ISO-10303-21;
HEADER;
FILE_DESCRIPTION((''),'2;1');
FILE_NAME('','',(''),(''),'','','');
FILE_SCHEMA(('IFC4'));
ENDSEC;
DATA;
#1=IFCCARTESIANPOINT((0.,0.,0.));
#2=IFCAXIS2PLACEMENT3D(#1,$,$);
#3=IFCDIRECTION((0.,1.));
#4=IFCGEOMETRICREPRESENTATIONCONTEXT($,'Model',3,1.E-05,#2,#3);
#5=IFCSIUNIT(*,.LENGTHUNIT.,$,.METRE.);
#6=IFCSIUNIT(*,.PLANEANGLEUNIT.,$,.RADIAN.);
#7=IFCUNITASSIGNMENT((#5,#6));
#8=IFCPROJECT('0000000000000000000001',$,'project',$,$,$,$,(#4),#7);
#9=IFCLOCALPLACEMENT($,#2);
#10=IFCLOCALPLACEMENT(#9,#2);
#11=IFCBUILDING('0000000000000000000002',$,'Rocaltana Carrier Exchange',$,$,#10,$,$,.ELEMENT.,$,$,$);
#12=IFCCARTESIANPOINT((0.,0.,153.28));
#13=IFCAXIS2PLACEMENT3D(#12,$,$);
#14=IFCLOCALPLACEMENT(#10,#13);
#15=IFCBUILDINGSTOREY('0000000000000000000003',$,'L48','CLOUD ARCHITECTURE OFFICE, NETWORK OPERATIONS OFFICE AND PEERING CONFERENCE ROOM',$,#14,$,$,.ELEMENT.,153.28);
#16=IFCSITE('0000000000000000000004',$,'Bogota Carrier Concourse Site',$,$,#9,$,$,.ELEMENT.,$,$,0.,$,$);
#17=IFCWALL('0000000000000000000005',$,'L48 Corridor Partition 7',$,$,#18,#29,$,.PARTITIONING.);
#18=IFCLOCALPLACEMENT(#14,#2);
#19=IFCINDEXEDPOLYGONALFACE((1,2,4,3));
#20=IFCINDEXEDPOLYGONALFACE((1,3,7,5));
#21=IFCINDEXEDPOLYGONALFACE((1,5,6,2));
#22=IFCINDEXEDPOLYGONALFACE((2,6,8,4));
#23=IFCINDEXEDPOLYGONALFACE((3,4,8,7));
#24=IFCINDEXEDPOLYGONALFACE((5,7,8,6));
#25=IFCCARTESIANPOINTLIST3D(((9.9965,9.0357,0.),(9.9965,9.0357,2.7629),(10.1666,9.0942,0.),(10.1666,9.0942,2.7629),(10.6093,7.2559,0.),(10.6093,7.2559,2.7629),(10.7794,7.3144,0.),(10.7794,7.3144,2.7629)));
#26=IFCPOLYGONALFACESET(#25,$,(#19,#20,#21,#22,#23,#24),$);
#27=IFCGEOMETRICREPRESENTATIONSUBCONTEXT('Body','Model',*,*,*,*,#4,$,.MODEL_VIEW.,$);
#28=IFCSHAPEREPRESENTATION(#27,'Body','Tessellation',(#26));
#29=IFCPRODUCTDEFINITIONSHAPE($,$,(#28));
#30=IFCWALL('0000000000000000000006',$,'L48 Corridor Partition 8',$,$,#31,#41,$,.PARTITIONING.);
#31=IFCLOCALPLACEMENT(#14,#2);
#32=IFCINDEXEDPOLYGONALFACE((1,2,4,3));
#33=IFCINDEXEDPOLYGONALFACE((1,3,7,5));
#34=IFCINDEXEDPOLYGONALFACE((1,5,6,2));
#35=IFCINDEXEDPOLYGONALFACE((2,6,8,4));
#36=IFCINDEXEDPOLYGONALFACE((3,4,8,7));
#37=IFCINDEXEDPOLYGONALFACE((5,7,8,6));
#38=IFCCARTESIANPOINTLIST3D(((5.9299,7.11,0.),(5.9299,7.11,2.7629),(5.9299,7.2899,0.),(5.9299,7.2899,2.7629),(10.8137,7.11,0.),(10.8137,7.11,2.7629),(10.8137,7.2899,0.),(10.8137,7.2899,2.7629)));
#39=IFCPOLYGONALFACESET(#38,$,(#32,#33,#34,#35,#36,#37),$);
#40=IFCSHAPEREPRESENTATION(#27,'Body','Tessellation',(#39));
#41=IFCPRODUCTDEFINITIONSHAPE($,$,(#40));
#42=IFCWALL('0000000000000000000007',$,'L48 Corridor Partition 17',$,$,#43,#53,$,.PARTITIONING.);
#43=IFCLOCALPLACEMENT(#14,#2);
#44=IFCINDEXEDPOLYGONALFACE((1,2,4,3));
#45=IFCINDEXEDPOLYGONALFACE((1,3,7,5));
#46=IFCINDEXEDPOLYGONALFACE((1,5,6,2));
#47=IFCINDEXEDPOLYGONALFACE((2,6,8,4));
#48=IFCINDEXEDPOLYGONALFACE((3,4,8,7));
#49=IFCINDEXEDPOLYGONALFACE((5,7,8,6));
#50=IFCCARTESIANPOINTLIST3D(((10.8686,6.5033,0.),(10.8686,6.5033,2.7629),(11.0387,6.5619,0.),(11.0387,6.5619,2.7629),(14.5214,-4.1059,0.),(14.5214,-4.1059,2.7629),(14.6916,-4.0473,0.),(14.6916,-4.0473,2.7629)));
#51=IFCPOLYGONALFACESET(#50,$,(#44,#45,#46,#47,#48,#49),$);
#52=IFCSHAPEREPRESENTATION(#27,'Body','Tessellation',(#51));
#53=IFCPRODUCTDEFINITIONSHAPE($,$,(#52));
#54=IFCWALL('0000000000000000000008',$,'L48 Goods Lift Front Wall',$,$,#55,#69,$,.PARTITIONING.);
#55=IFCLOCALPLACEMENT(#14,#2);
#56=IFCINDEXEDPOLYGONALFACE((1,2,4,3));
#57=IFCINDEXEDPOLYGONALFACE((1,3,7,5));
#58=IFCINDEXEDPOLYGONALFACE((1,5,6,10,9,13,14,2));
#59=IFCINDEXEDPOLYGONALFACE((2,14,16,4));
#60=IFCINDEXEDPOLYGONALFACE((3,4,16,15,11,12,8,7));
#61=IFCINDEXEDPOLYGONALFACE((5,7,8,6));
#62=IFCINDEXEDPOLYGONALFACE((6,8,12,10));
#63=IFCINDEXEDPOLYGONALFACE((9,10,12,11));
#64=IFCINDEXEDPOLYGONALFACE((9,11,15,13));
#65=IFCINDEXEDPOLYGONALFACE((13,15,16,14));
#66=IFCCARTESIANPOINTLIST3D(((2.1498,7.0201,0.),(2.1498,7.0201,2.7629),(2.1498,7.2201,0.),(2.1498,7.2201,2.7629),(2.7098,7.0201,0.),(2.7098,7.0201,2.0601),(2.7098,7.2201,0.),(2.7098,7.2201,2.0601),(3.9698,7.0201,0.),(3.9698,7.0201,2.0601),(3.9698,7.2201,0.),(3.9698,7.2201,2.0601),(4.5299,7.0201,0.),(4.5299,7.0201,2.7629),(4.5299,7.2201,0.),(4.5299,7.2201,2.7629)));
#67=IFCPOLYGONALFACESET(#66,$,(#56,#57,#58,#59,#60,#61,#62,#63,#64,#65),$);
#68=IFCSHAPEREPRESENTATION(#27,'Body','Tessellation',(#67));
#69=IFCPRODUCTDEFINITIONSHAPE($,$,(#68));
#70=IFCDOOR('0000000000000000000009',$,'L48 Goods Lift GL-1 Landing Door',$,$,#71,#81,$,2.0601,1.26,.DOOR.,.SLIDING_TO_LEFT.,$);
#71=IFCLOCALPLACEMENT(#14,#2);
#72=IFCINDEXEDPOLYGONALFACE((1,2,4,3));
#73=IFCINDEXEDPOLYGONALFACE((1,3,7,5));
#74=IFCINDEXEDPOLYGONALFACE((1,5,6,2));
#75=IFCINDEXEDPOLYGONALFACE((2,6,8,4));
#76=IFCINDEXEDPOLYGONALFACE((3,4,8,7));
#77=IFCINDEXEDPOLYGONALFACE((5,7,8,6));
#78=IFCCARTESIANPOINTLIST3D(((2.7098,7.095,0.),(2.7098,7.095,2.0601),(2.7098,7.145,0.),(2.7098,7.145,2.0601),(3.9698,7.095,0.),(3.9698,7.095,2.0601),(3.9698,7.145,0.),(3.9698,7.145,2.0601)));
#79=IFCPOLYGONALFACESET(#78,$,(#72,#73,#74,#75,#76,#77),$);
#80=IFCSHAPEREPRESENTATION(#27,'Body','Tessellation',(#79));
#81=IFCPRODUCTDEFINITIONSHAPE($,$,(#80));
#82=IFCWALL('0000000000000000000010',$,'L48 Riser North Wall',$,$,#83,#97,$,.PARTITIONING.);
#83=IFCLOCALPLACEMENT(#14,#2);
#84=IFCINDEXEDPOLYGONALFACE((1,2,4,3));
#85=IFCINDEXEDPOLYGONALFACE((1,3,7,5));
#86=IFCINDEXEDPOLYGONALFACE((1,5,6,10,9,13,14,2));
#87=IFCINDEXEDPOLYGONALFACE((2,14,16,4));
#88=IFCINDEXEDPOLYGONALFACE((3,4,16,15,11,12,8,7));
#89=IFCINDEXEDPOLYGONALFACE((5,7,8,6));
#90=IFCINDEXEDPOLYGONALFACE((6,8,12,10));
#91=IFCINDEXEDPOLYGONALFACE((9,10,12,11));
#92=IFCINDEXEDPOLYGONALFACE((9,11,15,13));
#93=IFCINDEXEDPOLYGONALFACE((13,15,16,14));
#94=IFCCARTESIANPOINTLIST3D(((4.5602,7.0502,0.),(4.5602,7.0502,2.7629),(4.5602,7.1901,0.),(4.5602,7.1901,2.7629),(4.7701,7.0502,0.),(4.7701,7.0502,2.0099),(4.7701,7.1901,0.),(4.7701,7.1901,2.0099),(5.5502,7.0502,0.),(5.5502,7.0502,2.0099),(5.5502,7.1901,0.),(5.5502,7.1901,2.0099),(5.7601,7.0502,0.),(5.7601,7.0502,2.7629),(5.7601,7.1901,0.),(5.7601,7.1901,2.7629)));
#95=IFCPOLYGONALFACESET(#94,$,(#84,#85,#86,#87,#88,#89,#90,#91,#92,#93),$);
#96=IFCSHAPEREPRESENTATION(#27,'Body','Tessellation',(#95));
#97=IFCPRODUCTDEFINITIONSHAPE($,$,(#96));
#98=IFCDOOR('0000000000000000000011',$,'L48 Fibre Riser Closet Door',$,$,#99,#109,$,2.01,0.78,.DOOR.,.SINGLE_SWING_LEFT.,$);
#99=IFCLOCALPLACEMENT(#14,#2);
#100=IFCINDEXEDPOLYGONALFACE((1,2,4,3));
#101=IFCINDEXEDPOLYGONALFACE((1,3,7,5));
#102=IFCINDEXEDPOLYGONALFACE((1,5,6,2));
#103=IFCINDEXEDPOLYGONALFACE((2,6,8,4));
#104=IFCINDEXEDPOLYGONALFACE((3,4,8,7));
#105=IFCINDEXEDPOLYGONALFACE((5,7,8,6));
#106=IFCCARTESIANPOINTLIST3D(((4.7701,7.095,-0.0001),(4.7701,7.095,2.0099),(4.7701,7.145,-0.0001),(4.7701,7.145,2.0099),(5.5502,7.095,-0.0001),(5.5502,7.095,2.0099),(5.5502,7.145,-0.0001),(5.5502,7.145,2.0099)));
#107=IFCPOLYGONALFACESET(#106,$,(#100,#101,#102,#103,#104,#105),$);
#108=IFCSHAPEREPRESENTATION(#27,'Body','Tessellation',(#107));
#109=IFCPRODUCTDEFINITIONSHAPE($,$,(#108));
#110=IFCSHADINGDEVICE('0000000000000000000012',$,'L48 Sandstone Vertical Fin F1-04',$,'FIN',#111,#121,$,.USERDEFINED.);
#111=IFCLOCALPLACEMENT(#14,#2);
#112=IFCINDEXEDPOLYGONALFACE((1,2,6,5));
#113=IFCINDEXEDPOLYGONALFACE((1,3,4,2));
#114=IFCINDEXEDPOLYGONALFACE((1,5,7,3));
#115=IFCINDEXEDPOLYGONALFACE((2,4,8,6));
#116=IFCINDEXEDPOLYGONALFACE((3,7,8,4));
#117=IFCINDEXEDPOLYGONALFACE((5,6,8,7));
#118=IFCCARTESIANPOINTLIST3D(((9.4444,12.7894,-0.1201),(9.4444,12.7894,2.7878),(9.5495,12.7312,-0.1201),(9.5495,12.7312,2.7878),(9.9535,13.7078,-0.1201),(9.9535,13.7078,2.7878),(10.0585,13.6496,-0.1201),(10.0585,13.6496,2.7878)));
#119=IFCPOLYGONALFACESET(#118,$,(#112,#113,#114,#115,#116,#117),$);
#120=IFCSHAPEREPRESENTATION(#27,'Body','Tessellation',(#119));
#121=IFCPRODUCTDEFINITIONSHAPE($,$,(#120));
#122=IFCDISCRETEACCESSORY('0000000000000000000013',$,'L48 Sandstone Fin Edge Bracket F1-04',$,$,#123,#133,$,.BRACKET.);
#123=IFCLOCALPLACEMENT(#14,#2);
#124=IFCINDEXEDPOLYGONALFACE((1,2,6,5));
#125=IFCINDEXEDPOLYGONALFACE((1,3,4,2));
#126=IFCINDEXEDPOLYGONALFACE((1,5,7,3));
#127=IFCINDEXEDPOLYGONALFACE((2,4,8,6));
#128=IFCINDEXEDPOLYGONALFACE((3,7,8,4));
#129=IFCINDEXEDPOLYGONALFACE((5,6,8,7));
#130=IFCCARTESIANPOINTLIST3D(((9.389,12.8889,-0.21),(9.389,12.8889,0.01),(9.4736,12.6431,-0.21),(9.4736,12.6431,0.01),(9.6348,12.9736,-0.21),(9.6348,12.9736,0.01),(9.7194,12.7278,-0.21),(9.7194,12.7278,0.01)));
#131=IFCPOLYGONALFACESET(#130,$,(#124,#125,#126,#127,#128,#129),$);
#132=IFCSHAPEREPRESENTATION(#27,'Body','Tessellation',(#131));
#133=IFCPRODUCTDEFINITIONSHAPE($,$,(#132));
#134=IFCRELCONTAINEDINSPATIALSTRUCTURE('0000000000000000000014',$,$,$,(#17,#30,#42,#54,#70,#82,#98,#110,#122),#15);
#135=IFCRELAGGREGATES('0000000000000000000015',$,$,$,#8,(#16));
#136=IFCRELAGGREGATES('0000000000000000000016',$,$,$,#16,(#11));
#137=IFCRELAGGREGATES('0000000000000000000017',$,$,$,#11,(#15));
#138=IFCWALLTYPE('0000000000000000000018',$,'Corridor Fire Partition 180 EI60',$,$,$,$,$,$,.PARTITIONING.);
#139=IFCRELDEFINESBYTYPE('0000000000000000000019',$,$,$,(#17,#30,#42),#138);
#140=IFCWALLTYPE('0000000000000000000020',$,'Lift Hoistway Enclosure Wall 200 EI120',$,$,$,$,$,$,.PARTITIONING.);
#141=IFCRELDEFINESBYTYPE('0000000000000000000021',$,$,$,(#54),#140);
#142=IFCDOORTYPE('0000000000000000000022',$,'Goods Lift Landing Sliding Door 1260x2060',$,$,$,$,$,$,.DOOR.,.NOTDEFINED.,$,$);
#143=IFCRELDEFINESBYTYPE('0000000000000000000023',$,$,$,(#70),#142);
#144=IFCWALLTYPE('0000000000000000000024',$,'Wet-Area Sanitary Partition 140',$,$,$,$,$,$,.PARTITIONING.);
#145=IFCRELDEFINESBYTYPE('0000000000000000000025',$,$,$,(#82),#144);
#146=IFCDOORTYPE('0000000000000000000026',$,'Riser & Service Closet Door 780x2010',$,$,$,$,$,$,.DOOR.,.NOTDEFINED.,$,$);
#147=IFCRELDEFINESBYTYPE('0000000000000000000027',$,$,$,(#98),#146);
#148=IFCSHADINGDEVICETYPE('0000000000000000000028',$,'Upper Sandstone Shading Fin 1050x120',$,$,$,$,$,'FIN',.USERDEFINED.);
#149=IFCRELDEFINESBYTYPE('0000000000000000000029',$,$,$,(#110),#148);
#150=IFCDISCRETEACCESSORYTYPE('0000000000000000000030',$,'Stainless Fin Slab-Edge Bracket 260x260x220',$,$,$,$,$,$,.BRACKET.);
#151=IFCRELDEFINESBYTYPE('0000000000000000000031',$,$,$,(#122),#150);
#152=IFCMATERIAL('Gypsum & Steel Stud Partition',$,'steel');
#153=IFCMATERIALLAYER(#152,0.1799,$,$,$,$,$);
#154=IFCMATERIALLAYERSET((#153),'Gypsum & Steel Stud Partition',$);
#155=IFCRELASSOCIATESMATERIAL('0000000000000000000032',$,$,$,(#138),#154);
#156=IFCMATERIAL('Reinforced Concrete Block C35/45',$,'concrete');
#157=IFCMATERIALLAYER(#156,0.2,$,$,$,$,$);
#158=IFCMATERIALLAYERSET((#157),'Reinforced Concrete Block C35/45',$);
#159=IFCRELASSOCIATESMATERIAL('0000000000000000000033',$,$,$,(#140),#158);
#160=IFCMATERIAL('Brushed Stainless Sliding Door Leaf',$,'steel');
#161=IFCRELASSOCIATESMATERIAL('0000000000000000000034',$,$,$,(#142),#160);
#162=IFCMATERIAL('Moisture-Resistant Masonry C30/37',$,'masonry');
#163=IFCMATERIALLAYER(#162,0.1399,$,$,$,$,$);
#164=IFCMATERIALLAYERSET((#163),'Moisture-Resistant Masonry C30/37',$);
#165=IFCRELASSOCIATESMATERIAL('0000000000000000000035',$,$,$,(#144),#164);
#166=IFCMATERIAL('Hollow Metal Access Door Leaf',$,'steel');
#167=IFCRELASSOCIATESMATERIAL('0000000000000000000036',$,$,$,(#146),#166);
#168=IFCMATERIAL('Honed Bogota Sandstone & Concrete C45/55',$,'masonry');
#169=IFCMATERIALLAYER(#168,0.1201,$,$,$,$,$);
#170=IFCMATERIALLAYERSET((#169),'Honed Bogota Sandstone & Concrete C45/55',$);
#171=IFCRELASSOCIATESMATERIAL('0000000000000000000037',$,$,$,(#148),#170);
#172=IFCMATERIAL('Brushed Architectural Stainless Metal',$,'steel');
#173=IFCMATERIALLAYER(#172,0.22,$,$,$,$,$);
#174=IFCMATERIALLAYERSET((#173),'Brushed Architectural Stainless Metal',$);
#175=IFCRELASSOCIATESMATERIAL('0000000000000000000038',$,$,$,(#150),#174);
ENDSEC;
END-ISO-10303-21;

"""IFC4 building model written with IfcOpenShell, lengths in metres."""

from ifc_helpers import new_model, si_unit, direction, frame, frame_2d, origin, origin_2d, place, context, subcontext, project, spatial, rectangle, extrude, material, layer, layer_set, type_object, element, fill, save


model = new_model("IFC4")

# Units and contexts
model_context = context("Model", 3, precision=1e-05, world=origin(), true_north=direction((0.0, 1.0)))
body_context = subcontext(model_context, "Body", "Model", "MODEL_VIEW")
ifc_project = project(units=[si_unit("LENGTHUNIT", "METRE"), si_unit("PLANEANGLEUNIT", "RADIAN")], contexts=[model_context])

# Site, building, storey
site_placement = place(None, origin())
site = spatial("IfcSite", under=ifc_project, at=site_placement, Name="Bogota Carrier Concourse Site", CompositionType="ELEMENT", RefElevation=0.0)
building_placement = place(site_placement, origin())
building = spatial("IfcBuilding", under=site, at=building_placement, Name="Rocaltana Carrier Exchange", CompositionType="ELEMENT")
storey_placement = place(building_placement, frame((0.0, 0.0, 153.28)))
storey = spatial("IfcBuildingStorey", under=building, at=storey_placement, Name="L48", Description="CLOUD ARCHITECTURE OFFICE, NETWORK OPERATIONS OFFICE AND PEERING CONFERENCE ROOM", CompositionType="ELEMENT", Elevation=153.28)

# Walls
ifc_material_1 = material(Name="Gypsum & Steel Stud Partition", Category="steel")
ifc_layer_1 = layer(ifc_material_1, 0.1799)
ifc_layer_set_1 = layer_set([ifc_layer_1], Name="Gypsum & Steel Stud Partition")
wall_type_1 = type_object("IfcWallType", Name="Corridor Fire Partition 180 EI60", PredefinedType="PARTITIONING", material=ifc_layer_set_1)
wall_1_placement = place(storey_placement, frame((10.0815, 9.0649, 0.0), z_axis=(0.0, 0.0, 1.0), x_axis=(0.325551, -0.945524, 0.0)))
element("IfcWall", 1, at=wall_1_placement, inside=storey, type_object=wall_type_1, Name="L48 Corridor Partition 7", PredefinedType="PARTITIONING", context=body_context, shape_type="SweptSolid", body=[
    extrude(rectangle(XDim=1.8823, YDim=0.1799, at=frame_2d((0.9412, 0.0))), origin(), (0.0, 0.0, 1.0), 2.7629),
])
wall_2_placement = place(storey_placement, frame((10.8137, 7.2, 0.0), z_axis=(0.0, 0.0, 1.0), x_axis=(-1.0, 0.0, 0.0)))
element("IfcWall", 2, at=wall_2_placement, inside=storey, type_object=wall_type_1, Name="L48 Corridor Partition 8", PredefinedType="PARTITIONING", context=body_context, shape_type="SweptSolid", body=[
    extrude(rectangle(XDim=4.8838, YDim=0.1799, at=frame_2d((2.4419, 0.0))), origin(), (0.0, 0.0, 1.0), 2.7629),
])
wall_3_placement = place(storey_placement, frame((10.9536, 6.5327, 0.0), z_axis=(0.0, 0.0, 1.0), x_axis=(0.325553, -0.945524, 0.0)))
element("IfcWall", 3, at=wall_3_placement, inside=storey, type_object=wall_type_1, Name="L48 Corridor Partition 17", PredefinedType="PARTITIONING", context=body_context, shape_type="SweptSolid", body=[
    extrude(rectangle(XDim=11.2205, YDim=0.1799, at=frame_2d((5.6104, 0.0))), origin(), (0.0, 0.0, 1.0), 2.7629),
])

# Walls, openings, doors
ifc_material_2 = material(Name="Reinforced Concrete Block C35/45", Category="concrete")
ifc_layer_2 = layer(ifc_material_2, 0.2)
ifc_layer_set_2 = layer_set([ifc_layer_2], Name="Reinforced Concrete Block C35/45")
wall_type_2 = type_object("IfcWallType", Name="Lift Hoistway Enclosure Wall 200 EI120", PredefinedType="PARTITIONING", material=ifc_layer_set_2)
wall_4_placement = place(storey_placement, frame((2.1499, 7.1201, 0.0), z_axis=(0.0, 0.0, 1.0), x_axis=(1.0, 0.0, 0.0)))
wall_4 = element("IfcWall", 4, at=wall_4_placement, inside=storey, type_object=wall_type_2, Name="L48 Goods Lift Front Wall", PredefinedType="PARTITIONING", context=body_context, shape_type="SweptSolid", body=[
    extrude(rectangle(XDim=2.3801, YDim=0.2, at=frame_2d((1.1899, 0.0))), origin(), (0.0, 0.0, 1.0), 2.7629),
])
opening_1_placement = place(wall_4_placement, frame((0.5601, 0.0, 0.0)))
opening_1 = element("IfcOpeningElement", 5, at=opening_1_placement, cuts=wall_4, PredefinedType="OPENING", context=body_context, shape_type="SweptSolid", body=[
    extrude(rectangle(XDim=1.26, YDim=2.0601, at=frame_2d((0.6299, 1.03))), frame((0.0, 0.1099, 0.0), z_axis=(0.0, -1.0, 0.0), x_axis=(1.0, 0.0, 0.0)), (0.0, 0.0, 1.0), 0.22),
])
ifc_material_3 = material(Name="Brushed Stainless Sliding Door Leaf", Category="steel")
door_type_1 = type_object("IfcDoorType", Name="Goods Lift Landing Sliding Door 1260x2060", OperationType="NOTDEFINED", PredefinedType="DOOR", material=ifc_material_3)
door_1_placement = place(opening_1_placement, origin())
door_1 = element("IfcDoor", 6, at=door_1_placement, inside=storey, type_object=door_type_1, Name="L48 Goods Lift GL-1 Landing Door", OperationType="SLIDING_TO_LEFT", OverallHeight=2.0601, OverallWidth=1.26, PredefinedType="DOOR", context=body_context, shape_type="SweptSolid", body=[
    extrude(rectangle(XDim=1.26, YDim=2.0601, at=frame_2d((0.6299, 1.03))), frame((0.0, 0.0249, 0.0), z_axis=(0.0, -1.0, 0.0), x_axis=(1.0, 0.0, 0.0)), (0.0, 0.0, 1.0), 0.05),
])
fill(opening_1, door_1)
ifc_material_4 = material(Name="Moisture-Resistant Masonry C30/37", Category="masonry")
ifc_layer_3 = layer(ifc_material_4, 0.1399)
ifc_layer_set_3 = layer_set([ifc_layer_3], Name="Moisture-Resistant Masonry C30/37")
wall_type_3 = type_object("IfcWallType", Name="Wet-Area Sanitary Partition 140", PredefinedType="PARTITIONING", material=ifc_layer_set_3)
wall_5_placement = place(storey_placement, frame((4.5601, 7.1201, 0.0), z_axis=(0.0, 0.0, 1.0), x_axis=(1.0, 0.0, 0.0)))
wall_5 = element("IfcWall", 7, at=wall_5_placement, inside=storey, type_object=wall_type_3, Name="L48 Riser North Wall", PredefinedType="PARTITIONING", context=body_context, shape_type="SweptSolid", body=[
    extrude(rectangle(XDim=1.2, YDim=0.1399, at=frame_2d((0.6001, 0.0))), origin(), (0.0, 0.0, 1.0), 2.7629),
])
opening_2_placement = place(wall_5_placement, frame((0.21, 0.0, 0.0)))
opening_2 = element("IfcOpeningElement", 8, at=opening_2_placement, cuts=wall_5, PredefinedType="OPENING", context=body_context, shape_type="SweptSolid", body=[
    extrude(rectangle(XDim=0.78, YDim=2.01, at=frame_2d((0.3901, 1.0049))), frame((0.0, 0.0798, 0.0), z_axis=(0.0, -1.0, 0.0), x_axis=(1.0, 0.0, 0.0)), (0.0, 0.0, 1.0), 0.1599),
])
ifc_material_5 = material(Name="Hollow Metal Access Door Leaf", Category="steel")
door_type_2 = type_object("IfcDoorType", Name="Riser & Service Closet Door 780x2010", OperationType="NOTDEFINED", PredefinedType="DOOR", material=ifc_material_5)
door_2_placement = place(opening_2_placement, origin())
door_2 = element("IfcDoor", 9, at=door_2_placement, inside=storey, type_object=door_type_2, Name="L48 Fibre Riser Closet Door", OperationType="SINGLE_SWING_LEFT", OverallHeight=2.01, OverallWidth=0.78, PredefinedType="DOOR", context=body_context, shape_type="SweptSolid", body=[
    extrude(rectangle(XDim=0.78, YDim=2.01, at=frame_2d((0.3901, 1.0049))), frame((0.0, 0.0249, 0.0), z_axis=(0.0, -1.0, 0.0), x_axis=(1.0, 0.0, 0.0)), (0.0, 0.0, 1.0), 0.05),
])
fill(opening_2, door_2)

# Shading device
ifc_material_6 = material(Name="Honed Bogota Sandstone & Concrete C45/55", Category="masonry")
ifc_layer_4 = layer(ifc_material_6, 0.1201)
ifc_layer_set_4 = layer_set([ifc_layer_4], Name="Honed Bogota Sandstone & Concrete C45/55")
shading_device_type = type_object("IfcShadingDeviceType", Name="Upper Sandstone Shading Fin 1050x120", ElementType="FIN", PredefinedType="USERDEFINED", material=ifc_layer_set_4)
shading_device_placement = place(storey_placement, frame((9.7515, 13.2195, -0.1201), z_axis=(0.0, 0.0, 1.0), x_axis=(0.48481, 0.87462, 0.0)))
element("IfcShadingDevice", 10, at=shading_device_placement, inside=storey, type_object=shading_device_type, Name="L48 Sandstone Vertical Fin F1-04", ObjectType="FIN", PredefinedType="USERDEFINED", context=body_context, shape_type="SweptSolid", body=[
    extrude(rectangle(XDim=1.05, YDim=0.1201, at=origin_2d()), origin(), (0.0, 0.0, 1.0), 2.908),
])

# Discrete accessory
ifc_material_7 = material(Name="Brushed Architectural Stainless Metal", Category="steel")
ifc_layer_5 = layer(ifc_material_7, 0.22)
ifc_layer_set_5 = layer_set([ifc_layer_5], Name="Brushed Architectural Stainless Metal")
discrete_accessory_type = type_object("IfcDiscreteAccessoryType", Name="Stainless Fin Slab-Edge Bracket 260x260x220", PredefinedType="BRACKET", material=ifc_layer_set_5)
discrete_accessory_placement = place(storey_placement, frame((9.5542, 12.8083, -0.21), z_axis=(0.0, 0.0, 1.0), x_axis=(-0.325568, 0.945519, 0.0)))
element("IfcDiscreteAccessory", 11, at=discrete_accessory_placement, inside=storey, type_object=discrete_accessory_type, Name="L48 Sandstone Fin Edge Bracket F1-04", PredefinedType="BRACKET", context=body_context, shape_type="SweptSolid", body=[
    extrude(rectangle(XDim=0.26, YDim=0.26, at=origin_2d()), origin(), (0.0, 0.0, 1.0), 0.22),
])

save(model, "model.ifc")
